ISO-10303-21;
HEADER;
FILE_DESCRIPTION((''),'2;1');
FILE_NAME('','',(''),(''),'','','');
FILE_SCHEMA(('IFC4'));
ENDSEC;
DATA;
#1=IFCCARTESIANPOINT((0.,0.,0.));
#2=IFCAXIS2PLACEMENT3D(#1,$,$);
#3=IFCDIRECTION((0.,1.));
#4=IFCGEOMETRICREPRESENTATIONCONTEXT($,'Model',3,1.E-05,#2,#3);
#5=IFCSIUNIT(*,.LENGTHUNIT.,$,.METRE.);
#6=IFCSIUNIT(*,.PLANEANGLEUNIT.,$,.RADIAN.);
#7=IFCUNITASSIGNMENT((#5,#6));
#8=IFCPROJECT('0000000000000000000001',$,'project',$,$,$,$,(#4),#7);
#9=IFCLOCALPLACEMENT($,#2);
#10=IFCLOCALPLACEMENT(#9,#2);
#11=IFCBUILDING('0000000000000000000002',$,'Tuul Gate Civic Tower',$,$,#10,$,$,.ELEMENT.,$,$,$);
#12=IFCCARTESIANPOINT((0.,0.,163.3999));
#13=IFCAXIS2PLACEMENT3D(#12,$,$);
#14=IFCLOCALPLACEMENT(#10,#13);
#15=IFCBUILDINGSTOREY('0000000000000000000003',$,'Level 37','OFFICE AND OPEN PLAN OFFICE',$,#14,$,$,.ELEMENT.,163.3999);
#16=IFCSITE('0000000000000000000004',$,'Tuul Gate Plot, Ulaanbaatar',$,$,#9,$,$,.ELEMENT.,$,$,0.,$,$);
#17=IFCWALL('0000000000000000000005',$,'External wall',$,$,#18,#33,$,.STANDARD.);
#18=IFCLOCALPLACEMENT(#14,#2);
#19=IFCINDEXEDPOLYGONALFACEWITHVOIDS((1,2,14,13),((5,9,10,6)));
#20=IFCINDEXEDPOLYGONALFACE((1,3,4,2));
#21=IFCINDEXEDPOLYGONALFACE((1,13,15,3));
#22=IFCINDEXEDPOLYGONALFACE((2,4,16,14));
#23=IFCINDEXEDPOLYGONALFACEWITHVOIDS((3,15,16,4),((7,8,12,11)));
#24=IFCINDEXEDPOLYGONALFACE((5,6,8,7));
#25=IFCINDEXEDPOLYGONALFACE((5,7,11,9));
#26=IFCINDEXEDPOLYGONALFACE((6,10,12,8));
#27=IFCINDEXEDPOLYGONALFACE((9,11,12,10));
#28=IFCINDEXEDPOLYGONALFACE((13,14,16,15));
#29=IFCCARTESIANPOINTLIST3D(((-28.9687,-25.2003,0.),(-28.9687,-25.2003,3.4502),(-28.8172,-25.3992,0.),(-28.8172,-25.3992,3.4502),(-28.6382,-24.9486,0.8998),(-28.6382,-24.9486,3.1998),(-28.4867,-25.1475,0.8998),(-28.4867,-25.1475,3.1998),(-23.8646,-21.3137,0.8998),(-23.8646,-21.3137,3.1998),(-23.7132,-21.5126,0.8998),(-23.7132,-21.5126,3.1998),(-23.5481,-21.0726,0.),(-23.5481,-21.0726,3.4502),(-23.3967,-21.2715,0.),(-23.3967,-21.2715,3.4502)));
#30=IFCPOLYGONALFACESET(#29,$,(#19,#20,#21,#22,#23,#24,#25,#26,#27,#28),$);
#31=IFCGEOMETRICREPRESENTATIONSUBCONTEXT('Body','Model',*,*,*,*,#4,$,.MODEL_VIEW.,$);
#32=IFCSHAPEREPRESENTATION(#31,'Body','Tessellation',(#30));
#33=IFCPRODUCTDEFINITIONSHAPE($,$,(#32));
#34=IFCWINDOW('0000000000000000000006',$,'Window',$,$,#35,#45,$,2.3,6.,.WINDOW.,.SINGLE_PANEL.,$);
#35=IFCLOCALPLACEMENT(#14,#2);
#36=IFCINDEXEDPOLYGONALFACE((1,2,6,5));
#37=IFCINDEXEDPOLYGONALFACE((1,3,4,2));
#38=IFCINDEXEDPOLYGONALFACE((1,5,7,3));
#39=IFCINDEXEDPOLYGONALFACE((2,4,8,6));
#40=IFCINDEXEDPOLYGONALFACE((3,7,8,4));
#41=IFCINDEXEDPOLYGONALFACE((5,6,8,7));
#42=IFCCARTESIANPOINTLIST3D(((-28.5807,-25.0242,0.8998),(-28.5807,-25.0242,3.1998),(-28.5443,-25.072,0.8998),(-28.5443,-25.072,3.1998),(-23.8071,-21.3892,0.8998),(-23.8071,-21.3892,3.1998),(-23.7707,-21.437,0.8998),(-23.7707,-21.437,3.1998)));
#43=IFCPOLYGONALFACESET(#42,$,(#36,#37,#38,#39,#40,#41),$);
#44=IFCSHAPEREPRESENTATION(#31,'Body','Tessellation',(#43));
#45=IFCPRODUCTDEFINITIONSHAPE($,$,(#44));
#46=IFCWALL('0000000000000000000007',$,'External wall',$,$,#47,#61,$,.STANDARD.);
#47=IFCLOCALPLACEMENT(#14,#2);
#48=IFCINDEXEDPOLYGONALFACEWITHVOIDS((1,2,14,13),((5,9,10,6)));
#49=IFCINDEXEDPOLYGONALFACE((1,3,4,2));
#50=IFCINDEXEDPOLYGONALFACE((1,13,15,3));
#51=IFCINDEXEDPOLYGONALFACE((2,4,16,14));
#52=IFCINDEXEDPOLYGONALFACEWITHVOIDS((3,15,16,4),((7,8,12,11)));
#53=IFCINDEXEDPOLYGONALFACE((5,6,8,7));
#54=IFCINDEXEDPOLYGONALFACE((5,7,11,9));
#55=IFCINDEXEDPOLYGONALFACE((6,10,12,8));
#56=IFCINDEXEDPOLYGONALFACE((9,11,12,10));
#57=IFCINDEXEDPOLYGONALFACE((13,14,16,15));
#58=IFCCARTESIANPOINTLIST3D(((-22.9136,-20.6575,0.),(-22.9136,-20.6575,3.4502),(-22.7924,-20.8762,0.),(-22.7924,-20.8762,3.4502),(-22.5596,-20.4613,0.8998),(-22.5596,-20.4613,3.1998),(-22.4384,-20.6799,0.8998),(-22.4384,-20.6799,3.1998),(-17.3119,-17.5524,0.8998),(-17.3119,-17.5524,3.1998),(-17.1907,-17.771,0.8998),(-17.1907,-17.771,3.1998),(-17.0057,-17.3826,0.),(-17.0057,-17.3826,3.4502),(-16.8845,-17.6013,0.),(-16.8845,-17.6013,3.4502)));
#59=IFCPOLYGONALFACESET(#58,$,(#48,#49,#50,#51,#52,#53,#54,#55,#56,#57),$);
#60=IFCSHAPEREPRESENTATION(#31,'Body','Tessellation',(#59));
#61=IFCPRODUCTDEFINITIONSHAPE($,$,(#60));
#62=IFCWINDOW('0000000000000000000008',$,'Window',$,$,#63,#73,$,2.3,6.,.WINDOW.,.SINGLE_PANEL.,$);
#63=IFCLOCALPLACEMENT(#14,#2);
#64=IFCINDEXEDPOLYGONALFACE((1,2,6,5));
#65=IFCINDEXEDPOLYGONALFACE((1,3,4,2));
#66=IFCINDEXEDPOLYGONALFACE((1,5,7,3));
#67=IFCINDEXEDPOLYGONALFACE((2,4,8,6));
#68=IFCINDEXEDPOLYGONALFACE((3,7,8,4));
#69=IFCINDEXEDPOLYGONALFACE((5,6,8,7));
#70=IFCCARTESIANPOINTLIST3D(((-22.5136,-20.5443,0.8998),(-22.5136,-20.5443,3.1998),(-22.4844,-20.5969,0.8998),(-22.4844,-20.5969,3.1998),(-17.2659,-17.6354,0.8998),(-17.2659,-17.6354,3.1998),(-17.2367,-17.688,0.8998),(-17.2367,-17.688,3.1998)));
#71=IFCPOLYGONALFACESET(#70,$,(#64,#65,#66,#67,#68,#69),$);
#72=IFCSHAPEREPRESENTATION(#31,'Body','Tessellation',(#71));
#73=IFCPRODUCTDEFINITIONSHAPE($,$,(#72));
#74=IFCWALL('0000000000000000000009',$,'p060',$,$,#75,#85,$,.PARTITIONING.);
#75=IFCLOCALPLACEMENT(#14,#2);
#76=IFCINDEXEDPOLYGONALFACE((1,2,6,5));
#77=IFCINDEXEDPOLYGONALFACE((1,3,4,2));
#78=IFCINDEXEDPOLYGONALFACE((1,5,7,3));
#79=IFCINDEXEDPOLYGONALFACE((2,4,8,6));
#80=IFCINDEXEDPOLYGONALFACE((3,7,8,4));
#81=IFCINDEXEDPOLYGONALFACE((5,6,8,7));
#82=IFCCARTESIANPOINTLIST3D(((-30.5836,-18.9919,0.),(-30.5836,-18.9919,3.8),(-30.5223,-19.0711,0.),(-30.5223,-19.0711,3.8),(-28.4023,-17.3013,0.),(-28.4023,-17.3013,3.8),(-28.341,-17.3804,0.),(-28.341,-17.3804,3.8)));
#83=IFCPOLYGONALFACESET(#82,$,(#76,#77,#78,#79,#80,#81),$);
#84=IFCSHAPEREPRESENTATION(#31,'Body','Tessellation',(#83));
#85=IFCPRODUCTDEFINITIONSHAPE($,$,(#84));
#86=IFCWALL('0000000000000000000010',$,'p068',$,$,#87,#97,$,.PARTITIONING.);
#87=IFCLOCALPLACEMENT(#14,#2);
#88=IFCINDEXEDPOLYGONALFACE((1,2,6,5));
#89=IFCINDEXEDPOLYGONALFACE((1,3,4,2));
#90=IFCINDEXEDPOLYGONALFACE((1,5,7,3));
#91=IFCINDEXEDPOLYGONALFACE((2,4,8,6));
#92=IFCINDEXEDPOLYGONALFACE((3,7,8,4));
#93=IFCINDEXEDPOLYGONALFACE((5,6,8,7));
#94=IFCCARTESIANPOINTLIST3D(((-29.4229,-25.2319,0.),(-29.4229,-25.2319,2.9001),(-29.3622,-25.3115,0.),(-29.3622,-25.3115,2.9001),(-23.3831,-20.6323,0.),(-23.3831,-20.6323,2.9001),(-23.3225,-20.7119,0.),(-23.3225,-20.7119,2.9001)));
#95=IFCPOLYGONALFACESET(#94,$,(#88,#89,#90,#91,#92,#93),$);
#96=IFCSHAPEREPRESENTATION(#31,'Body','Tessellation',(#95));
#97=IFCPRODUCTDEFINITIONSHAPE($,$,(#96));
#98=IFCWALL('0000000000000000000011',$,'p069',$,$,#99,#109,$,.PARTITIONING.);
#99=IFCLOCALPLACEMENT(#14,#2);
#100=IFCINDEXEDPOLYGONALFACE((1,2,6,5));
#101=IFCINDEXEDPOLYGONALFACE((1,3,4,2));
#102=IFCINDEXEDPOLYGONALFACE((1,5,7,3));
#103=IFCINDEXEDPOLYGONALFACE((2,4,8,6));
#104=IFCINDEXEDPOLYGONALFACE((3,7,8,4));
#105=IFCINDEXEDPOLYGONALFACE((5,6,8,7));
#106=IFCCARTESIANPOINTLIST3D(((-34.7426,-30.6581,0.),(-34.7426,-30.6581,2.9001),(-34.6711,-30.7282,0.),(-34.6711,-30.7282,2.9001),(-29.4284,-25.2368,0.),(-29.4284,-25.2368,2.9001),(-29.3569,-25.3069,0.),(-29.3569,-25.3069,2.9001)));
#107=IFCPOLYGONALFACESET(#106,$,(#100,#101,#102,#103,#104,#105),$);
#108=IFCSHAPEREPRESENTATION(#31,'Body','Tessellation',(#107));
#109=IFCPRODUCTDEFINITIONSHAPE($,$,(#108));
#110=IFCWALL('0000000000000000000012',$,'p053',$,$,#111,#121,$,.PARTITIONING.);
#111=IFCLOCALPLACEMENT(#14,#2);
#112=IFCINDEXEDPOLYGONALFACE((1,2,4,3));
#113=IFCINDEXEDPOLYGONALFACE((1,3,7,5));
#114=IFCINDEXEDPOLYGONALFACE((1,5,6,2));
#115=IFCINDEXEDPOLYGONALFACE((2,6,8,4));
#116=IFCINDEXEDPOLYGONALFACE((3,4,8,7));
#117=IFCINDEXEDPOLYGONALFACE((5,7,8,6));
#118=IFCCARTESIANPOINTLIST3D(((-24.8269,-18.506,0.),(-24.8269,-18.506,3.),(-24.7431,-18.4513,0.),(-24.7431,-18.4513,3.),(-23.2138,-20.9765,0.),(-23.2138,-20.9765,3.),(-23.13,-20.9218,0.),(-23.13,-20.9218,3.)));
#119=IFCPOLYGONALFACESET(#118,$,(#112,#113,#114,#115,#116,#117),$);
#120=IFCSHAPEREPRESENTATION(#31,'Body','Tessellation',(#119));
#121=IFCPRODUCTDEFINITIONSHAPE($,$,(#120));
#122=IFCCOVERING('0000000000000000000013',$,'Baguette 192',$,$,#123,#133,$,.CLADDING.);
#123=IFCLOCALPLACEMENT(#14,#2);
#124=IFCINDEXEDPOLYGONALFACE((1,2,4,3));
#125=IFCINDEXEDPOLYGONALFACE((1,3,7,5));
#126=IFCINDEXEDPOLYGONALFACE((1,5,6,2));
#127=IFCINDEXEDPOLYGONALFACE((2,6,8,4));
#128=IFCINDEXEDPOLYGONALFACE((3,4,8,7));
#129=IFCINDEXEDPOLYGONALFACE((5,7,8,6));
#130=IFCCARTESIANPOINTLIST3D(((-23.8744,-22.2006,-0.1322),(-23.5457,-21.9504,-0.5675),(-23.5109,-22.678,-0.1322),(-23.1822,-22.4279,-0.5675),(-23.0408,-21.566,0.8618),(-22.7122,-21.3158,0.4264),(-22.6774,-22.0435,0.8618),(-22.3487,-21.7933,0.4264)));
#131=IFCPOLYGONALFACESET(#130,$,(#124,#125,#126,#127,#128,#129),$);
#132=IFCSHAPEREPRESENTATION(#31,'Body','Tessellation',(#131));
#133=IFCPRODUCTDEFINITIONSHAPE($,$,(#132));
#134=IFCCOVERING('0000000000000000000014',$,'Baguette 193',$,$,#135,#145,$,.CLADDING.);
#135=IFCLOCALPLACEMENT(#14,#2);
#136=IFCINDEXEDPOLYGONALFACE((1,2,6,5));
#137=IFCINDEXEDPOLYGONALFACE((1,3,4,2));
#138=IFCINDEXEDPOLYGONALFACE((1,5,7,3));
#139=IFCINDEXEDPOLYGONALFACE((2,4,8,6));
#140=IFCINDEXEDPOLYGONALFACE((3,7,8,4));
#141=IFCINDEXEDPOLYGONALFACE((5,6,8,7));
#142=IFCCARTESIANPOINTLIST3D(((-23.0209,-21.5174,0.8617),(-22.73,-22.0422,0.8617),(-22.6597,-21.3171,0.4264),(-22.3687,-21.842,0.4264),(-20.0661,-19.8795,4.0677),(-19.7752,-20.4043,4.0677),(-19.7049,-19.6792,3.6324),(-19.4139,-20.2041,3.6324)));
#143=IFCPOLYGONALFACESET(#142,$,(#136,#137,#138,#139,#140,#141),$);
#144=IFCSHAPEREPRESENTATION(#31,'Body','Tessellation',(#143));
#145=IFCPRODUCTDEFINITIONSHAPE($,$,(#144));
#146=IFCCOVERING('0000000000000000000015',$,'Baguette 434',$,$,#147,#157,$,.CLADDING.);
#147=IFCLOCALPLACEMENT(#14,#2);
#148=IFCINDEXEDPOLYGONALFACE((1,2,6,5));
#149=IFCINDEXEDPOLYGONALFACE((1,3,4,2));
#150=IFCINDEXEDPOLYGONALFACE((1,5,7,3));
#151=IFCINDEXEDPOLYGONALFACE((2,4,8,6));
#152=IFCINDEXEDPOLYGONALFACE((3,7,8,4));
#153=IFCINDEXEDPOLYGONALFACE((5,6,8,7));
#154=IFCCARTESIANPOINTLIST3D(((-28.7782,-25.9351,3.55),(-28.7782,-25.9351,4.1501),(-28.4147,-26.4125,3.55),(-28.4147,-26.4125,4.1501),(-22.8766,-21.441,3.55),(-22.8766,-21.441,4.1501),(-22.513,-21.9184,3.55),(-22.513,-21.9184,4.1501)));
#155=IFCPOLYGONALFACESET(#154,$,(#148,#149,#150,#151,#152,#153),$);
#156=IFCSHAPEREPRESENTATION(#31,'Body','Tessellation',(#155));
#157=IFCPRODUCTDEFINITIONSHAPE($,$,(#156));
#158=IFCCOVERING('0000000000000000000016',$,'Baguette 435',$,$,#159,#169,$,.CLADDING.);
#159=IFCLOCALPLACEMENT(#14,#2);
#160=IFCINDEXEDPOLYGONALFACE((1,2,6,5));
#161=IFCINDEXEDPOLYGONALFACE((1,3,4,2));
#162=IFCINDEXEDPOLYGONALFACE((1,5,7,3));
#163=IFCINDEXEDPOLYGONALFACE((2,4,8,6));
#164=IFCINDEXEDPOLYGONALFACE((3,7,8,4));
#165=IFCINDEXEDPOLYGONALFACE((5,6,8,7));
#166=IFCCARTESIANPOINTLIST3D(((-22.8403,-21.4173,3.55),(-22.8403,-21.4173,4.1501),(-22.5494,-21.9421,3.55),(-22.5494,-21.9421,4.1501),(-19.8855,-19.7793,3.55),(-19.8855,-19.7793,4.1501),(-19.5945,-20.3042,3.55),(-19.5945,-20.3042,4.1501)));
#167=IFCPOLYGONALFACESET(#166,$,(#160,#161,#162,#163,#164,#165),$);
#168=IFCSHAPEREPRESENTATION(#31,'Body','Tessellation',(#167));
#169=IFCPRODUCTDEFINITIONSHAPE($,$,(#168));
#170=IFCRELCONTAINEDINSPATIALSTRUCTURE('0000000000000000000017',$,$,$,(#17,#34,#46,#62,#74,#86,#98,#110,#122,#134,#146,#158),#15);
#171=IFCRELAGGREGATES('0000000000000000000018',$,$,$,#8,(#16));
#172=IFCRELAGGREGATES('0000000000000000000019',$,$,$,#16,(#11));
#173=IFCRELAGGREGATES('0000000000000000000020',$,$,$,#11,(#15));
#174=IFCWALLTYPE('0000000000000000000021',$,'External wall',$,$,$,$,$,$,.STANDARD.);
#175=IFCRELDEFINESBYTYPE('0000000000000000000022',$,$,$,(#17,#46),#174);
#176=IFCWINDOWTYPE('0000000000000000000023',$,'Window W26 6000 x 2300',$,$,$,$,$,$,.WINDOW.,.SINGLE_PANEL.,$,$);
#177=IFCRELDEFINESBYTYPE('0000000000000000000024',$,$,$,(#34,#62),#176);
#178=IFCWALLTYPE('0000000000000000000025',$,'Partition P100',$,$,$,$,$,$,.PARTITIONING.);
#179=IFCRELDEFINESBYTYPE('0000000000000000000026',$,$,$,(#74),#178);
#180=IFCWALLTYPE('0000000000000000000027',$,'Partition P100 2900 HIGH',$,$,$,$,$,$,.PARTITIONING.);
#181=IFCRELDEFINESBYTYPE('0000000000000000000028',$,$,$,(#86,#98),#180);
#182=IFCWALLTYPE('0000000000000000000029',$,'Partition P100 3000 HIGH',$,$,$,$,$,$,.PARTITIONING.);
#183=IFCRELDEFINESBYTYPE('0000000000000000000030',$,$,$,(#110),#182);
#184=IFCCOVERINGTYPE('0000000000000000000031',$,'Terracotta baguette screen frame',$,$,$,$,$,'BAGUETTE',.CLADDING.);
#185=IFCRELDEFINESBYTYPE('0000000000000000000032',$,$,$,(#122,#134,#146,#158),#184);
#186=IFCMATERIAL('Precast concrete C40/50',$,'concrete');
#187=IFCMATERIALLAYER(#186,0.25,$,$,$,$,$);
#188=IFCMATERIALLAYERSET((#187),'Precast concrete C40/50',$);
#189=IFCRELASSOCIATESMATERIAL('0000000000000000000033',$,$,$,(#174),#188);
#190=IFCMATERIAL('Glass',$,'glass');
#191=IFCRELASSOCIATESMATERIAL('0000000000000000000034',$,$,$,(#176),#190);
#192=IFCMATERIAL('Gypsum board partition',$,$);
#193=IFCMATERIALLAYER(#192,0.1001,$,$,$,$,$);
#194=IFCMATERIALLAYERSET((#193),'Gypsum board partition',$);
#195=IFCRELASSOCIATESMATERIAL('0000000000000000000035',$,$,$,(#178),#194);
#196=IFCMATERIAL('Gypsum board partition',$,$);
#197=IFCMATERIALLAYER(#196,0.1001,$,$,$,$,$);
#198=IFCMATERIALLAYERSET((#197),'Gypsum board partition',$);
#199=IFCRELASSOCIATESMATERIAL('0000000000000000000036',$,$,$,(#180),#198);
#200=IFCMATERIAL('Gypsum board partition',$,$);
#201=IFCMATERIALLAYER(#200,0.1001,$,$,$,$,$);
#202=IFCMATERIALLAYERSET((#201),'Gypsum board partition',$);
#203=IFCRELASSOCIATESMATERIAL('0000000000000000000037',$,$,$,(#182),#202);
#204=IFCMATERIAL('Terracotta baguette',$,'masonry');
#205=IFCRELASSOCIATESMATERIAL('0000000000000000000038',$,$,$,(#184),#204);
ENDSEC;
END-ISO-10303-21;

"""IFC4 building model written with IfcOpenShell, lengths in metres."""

from ifc_helpers import new_model, si_unit, direction, frame, frame_2d, origin, origin_2d, place, context, subcontext, project, spatial, rectangle, extrude, material, layer, layer_set, material_profile, profile_set, type_object, element, fill, save


model = new_model("IFC4")

# Units and contexts
model_context = context("Model", 3, precision=1e-05, world=origin(), true_north=direction((0.0, 1.0)))
body_context = subcontext(model_context, "Body", "Model", "MODEL_VIEW")
ifc_project = project(units=[si_unit("LENGTHUNIT", "METRE"), si_unit("PLANEANGLEUNIT", "RADIAN")], contexts=[model_context])

# Site, building, storey
site_placement = place(None, origin())
site = spatial("IfcSite", under=ifc_project, at=site_placement, Name="Tuul Gate Plot, Ulaanbaatar", CompositionType="ELEMENT", RefElevation=0.0)
building_placement = place(site_placement, origin())
building = spatial("IfcBuilding", under=site, at=building_placement, Name="Tuul Gate Civic Tower", CompositionType="ELEMENT")
storey_placement = place(building_placement, frame((0.0, 0.0, 163.3999)))
storey = spatial("IfcBuildingStorey", under=building, at=storey_placement, Name="Level 37", Description="OFFICE AND OPEN PLAN OFFICE", CompositionType="ELEMENT", Elevation=163.3999)

# Walls, openings, windows
ifc_material_1 = material(Name="Precast concrete C40/50", Category="concrete")
ifc_layer_1 = layer(ifc_material_1, 0.25)
ifc_layer_set_1 = layer_set([ifc_layer_1], Name="Precast concrete C40/50")
wall_type_1 = type_object("IfcWallType", Name="External wall", PredefinedType="STANDARD", material=ifc_layer_set_1)
wall_1_placement = place(storey_placement, frame((-28.8931, -25.2998, 0.0), z_axis=(0.0, 0.0, 1.0), x_axis=(0.795597, 0.605826, 0.0)))
wall_1 = element("IfcWall", 1, at=wall_1_placement, inside=storey, type_object=wall_type_1, Name="External wall", PredefinedType="STANDARD", context=body_context, shape_type="SweptSolid", body=[
    extrude(rectangle(XDim=6.8132, YDim=0.25, at=frame_2d((3.4067, 0.0))), origin(), (0.0, 0.0, 1.0), 3.4502),
])
opening_1_placement = place(wall_1_placement, frame((0.4155, 0.0, 0.8999)))
opening_1 = element("IfcOpeningElement", 2, at=opening_1_placement, cuts=wall_1, PredefinedType="OPENING", context=body_context, shape_type="SweptSolid", body=[
    extrude(rectangle(XDim=6.0, YDim=2.3, at=frame_2d((3.0, 1.1499))), frame((0.0, 0.135, 0.0), z_axis=(0.0, -1.0, 0.0), x_axis=(1.0, 0.0, 0.0)), (0.0, 0.0, 1.0), 0.27),
])
ifc_material_2 = material(Name="Glass", Category="glass")
window_type = type_object("IfcWindowType", Name="Window W26 6000 x 2300", PartitioningType="SINGLE_PANEL", PredefinedType="WINDOW", material=ifc_material_2)
window_1_placement = place(opening_1_placement, origin())
window_1 = element("IfcWindow", 3, at=window_1_placement, inside=storey, type_object=window_type, Name="Window", OverallHeight=2.3, OverallWidth=6.0, PartitioningType="SINGLE_PANEL", PredefinedType="WINDOW", context=body_context, shape_type="SweptSolid", body=[
    extrude(rectangle(XDim=6.0, YDim=2.3, at=frame_2d((3.0, 1.1499))), frame((0.0, 0.03, 0.0), z_axis=(0.0, -1.0, 0.0), x_axis=(1.0, 0.0, 0.0)), (0.0, 0.0, 1.0), 0.0601),
])
fill(opening_1, window_1)
wall_2_placement = place(storey_placement, frame((-22.853, -20.7668, 0.0), z_axis=(0.0, 0.0, 1.0), x_axis=(0.874615, 0.484817, 0.0)))
wall_2 = element("IfcWall", 4, at=wall_2_placement, inside=storey, type_object=wall_type_1, Name="External wall", PredefinedType="STANDARD", context=body_context, shape_type="SweptSolid", body=[
    extrude(rectangle(XDim=6.7549, YDim=0.25, at=frame_2d((3.3774, 0.0))), origin(), (0.0, 0.0, 1.0), 3.4502),
])
opening_2_placement = place(wall_2_placement, frame((0.4048, 0.0, 0.8999)))
opening_2 = element("IfcOpeningElement", 5, at=opening_2_placement, cuts=wall_2, PredefinedType="OPENING", context=body_context, shape_type="SweptSolid", body=[
    extrude(rectangle(XDim=6.0, YDim=2.3, at=frame_2d((3.0, 1.1499))), frame((0.0, 0.135, 0.0), z_axis=(0.0, -1.0, 0.0), x_axis=(1.0, 0.0, 0.0)), (0.0, 0.0, 1.0), 0.27),
])
window_2_placement = place(opening_2_placement, origin())
window_2 = element("IfcWindow", 6, at=window_2_placement, inside=storey, type_object=window_type, Name="Window", OverallHeight=2.3, OverallWidth=6.0, PartitioningType="SINGLE_PANEL", PredefinedType="WINDOW", context=body_context, shape_type="SweptSolid", body=[
    extrude(rectangle(XDim=6.0, YDim=2.3, at=frame_2d((3.0, 1.1499))), frame((0.0, 0.03, 0.0), z_axis=(0.0, -1.0, 0.0), x_axis=(1.0, 0.0, 0.0)), (0.0, 0.0, 1.0), 0.0601),
])
fill(opening_2, window_2)

# Walls
ifc_material_3 = material(Name="Gypsum board partition")
ifc_layer_2 = layer(ifc_material_3, 0.1001)
ifc_layer_set_2 = layer_set([ifc_layer_2], Name="Gypsum board partition")
wall_type_2 = type_object("IfcWallType", Name="Partition P100", PredefinedType="PARTITIONING", material=ifc_layer_set_2)
wall_3_placement = place(storey_placement, frame((-30.553, -19.0315, 0.0), z_axis=(0.0, 0.0, 1.0), x_axis=(0.790399, 0.612592, 0.0)))
element("IfcWall", 7, at=wall_3_placement, inside=storey, type_object=wall_type_2, Name="p060", PredefinedType="PARTITIONING", context=body_context, shape_type="SweptSolid", body=[
    extrude(rectangle(XDim=2.7598, YDim=0.1001, at=frame_2d((1.3799, 0.0))), origin(), (0.0, 0.0, 1.0), 3.8),
])
ifc_material_4 = material(Name="Gypsum board partition")
ifc_layer_3 = layer(ifc_material_4, 0.1001)
ifc_layer_set_3 = layer_set([ifc_layer_3], Name="Gypsum board partition")
wall_type_3 = type_object("IfcWallType", Name="Partition P100 2900 HIGH", PredefinedType="PARTITIONING", material=ifc_layer_set_3)
wall_4_placement = place(storey_placement, frame((-23.3528, -20.6721, 0.0), z_axis=(0.0, 0.0, 1.0), x_axis=(-0.795568, -0.605865, 0.0)))
element("IfcWall", 8, at=wall_4_placement, inside=storey, type_object=wall_type_3, Name="p068", PredefinedType="PARTITIONING", context=body_context, shape_type="SweptSolid", body=[
    extrude(rectangle(XDim=7.5918, YDim=0.1001, at=frame_2d((3.7959, 0.0))), origin(), (0.0, 0.0, 1.0), 2.9001),
])
wall_5_placement = place(storey_placement, frame((-29.3926, -25.2717, 0.0), z_axis=(0.0, 0.0, 1.0), x_axis=(-0.700013, -0.714131, 0.0)))
element("IfcWall", 9, at=wall_5_placement, inside=storey, type_object=wall_type_3, Name="p069", PredefinedType="PARTITIONING", context=body_context, shape_type="SweptSolid", body=[
    extrude(rectangle(XDim=7.5916, YDim=0.1001, at=frame_2d((3.7959, 0.0))), origin(), (0.0, 0.0, 1.0), 2.9001),
])
ifc_material_5 = material(Name="Gypsum board partition")
ifc_layer_4 = layer(ifc_material_5, 0.1001)
ifc_layer_set_4 = layer_set([ifc_layer_4], Name="Gypsum board partition")
wall_type_4 = type_object("IfcWallType", Name="Partition P100 3000 HIGH", PredefinedType="PARTITIONING", material=ifc_layer_set_4)
wall_6_placement = place(storey_placement, frame((-24.7849, -18.4788, 0.0), z_axis=(0.0, 0.0, 1.0), x_axis=(0.546712, -0.837321, 0.0)))
element("IfcWall", 10, at=wall_6_placement, inside=storey, type_object=wall_type_4, Name="p053", PredefinedType="PARTITIONING", context=body_context, shape_type="SweptSolid", body=[
    extrude(rectangle(XDim=2.9504, YDim=0.1001, at=frame_2d((1.4751, 0.0))), origin(), (0.0, 0.0, 1.0), 3.0),
])

# Coverings
ifc_material_6 = material(Name="Terracotta baguette", Category="masonry")
ifc_material_profile_1 = material_profile(ifc_material_6, rectangle(XDim=0.6001, YDim=0.6001, at=origin_2d()), Name="Terracotta baguette screen frame")
ifc_profile_set_1 = profile_set([ifc_material_profile_1], Name="Terracotta baguette")
covering_type = type_object("IfcCoveringType", Name="Terracotta baguette screen frame", ElementType="BAGUETTE", PredefinedType="CLADDING", material=ifc_profile_set_1)
covering_1_placement = place(storey_placement, frame((-23.5283, -22.3142, -0.3499), z_axis=(0.57721, 0.439416, 0.688289), x_axis=(-0.605727, 0.795672, 0.0)))
element("IfcCovering", 11, at=covering_1_placement, inside=storey, type_object=covering_type, Name="Baguette 192", PredefinedType="CLADDING", context=body_context, shape_type="SweptSolid", body=[
    extrude(rectangle(XDim=0.6001, YDim=0.6001, at=origin_2d()), origin(), (0.0, 0.0, 1.0), 1.4441),
])
covering_2_placement = place(storey_placement, frame((-22.6948, -21.6797, 0.644), z_axis=(0.634419, 0.351675, 0.688358), x_axis=(-0.484821, 0.874614, 0.0)))
element("IfcCovering", 12, at=covering_2_placement, inside=storey, type_object=covering_type, Name="Baguette 193", PredefinedType="CLADDING", context=body_context, shape_type="SweptSolid", body=[
    extrude(rectangle(XDim=0.6001, YDim=0.6001, at=origin_2d()), origin(), (0.0, 0.0, 1.0), 4.6575),
])
covering_3_placement = place(storey_placement, frame((-28.5964, -26.1738, 3.8501), z_axis=(0.795583, 0.605845, 0.0), x_axis=(-0.605845, 0.795583, 0.0)))
element("IfcCovering", 13, at=covering_3_placement, inside=storey, type_object=covering_type, Name="Baguette 434", PredefinedType="CLADDING", context=body_context, shape_type="SweptSolid", body=[
    extrude(rectangle(XDim=0.6001, YDim=0.6001, at=origin_2d()), origin(), (0.0, 0.0, 1.0), 7.418),
])
covering_4_placement = place(storey_placement, frame((-22.6948, -21.6797, 3.8501), z_axis=(0.874614, 0.484821, 0.0), x_axis=(-0.484821, 0.874614, 0.0)))
element("IfcCovering", 14, at=covering_4_placement, inside=storey, type_object=covering_type, Name="Baguette 435", PredefinedType="CLADDING", context=body_context, shape_type="SweptSolid", body=[
    extrude(rectangle(XDim=0.6001, YDim=0.6001, at=origin_2d()), origin(), (0.0, 0.0, 1.0), 3.3784),
])

save(model, "model.ifc")
